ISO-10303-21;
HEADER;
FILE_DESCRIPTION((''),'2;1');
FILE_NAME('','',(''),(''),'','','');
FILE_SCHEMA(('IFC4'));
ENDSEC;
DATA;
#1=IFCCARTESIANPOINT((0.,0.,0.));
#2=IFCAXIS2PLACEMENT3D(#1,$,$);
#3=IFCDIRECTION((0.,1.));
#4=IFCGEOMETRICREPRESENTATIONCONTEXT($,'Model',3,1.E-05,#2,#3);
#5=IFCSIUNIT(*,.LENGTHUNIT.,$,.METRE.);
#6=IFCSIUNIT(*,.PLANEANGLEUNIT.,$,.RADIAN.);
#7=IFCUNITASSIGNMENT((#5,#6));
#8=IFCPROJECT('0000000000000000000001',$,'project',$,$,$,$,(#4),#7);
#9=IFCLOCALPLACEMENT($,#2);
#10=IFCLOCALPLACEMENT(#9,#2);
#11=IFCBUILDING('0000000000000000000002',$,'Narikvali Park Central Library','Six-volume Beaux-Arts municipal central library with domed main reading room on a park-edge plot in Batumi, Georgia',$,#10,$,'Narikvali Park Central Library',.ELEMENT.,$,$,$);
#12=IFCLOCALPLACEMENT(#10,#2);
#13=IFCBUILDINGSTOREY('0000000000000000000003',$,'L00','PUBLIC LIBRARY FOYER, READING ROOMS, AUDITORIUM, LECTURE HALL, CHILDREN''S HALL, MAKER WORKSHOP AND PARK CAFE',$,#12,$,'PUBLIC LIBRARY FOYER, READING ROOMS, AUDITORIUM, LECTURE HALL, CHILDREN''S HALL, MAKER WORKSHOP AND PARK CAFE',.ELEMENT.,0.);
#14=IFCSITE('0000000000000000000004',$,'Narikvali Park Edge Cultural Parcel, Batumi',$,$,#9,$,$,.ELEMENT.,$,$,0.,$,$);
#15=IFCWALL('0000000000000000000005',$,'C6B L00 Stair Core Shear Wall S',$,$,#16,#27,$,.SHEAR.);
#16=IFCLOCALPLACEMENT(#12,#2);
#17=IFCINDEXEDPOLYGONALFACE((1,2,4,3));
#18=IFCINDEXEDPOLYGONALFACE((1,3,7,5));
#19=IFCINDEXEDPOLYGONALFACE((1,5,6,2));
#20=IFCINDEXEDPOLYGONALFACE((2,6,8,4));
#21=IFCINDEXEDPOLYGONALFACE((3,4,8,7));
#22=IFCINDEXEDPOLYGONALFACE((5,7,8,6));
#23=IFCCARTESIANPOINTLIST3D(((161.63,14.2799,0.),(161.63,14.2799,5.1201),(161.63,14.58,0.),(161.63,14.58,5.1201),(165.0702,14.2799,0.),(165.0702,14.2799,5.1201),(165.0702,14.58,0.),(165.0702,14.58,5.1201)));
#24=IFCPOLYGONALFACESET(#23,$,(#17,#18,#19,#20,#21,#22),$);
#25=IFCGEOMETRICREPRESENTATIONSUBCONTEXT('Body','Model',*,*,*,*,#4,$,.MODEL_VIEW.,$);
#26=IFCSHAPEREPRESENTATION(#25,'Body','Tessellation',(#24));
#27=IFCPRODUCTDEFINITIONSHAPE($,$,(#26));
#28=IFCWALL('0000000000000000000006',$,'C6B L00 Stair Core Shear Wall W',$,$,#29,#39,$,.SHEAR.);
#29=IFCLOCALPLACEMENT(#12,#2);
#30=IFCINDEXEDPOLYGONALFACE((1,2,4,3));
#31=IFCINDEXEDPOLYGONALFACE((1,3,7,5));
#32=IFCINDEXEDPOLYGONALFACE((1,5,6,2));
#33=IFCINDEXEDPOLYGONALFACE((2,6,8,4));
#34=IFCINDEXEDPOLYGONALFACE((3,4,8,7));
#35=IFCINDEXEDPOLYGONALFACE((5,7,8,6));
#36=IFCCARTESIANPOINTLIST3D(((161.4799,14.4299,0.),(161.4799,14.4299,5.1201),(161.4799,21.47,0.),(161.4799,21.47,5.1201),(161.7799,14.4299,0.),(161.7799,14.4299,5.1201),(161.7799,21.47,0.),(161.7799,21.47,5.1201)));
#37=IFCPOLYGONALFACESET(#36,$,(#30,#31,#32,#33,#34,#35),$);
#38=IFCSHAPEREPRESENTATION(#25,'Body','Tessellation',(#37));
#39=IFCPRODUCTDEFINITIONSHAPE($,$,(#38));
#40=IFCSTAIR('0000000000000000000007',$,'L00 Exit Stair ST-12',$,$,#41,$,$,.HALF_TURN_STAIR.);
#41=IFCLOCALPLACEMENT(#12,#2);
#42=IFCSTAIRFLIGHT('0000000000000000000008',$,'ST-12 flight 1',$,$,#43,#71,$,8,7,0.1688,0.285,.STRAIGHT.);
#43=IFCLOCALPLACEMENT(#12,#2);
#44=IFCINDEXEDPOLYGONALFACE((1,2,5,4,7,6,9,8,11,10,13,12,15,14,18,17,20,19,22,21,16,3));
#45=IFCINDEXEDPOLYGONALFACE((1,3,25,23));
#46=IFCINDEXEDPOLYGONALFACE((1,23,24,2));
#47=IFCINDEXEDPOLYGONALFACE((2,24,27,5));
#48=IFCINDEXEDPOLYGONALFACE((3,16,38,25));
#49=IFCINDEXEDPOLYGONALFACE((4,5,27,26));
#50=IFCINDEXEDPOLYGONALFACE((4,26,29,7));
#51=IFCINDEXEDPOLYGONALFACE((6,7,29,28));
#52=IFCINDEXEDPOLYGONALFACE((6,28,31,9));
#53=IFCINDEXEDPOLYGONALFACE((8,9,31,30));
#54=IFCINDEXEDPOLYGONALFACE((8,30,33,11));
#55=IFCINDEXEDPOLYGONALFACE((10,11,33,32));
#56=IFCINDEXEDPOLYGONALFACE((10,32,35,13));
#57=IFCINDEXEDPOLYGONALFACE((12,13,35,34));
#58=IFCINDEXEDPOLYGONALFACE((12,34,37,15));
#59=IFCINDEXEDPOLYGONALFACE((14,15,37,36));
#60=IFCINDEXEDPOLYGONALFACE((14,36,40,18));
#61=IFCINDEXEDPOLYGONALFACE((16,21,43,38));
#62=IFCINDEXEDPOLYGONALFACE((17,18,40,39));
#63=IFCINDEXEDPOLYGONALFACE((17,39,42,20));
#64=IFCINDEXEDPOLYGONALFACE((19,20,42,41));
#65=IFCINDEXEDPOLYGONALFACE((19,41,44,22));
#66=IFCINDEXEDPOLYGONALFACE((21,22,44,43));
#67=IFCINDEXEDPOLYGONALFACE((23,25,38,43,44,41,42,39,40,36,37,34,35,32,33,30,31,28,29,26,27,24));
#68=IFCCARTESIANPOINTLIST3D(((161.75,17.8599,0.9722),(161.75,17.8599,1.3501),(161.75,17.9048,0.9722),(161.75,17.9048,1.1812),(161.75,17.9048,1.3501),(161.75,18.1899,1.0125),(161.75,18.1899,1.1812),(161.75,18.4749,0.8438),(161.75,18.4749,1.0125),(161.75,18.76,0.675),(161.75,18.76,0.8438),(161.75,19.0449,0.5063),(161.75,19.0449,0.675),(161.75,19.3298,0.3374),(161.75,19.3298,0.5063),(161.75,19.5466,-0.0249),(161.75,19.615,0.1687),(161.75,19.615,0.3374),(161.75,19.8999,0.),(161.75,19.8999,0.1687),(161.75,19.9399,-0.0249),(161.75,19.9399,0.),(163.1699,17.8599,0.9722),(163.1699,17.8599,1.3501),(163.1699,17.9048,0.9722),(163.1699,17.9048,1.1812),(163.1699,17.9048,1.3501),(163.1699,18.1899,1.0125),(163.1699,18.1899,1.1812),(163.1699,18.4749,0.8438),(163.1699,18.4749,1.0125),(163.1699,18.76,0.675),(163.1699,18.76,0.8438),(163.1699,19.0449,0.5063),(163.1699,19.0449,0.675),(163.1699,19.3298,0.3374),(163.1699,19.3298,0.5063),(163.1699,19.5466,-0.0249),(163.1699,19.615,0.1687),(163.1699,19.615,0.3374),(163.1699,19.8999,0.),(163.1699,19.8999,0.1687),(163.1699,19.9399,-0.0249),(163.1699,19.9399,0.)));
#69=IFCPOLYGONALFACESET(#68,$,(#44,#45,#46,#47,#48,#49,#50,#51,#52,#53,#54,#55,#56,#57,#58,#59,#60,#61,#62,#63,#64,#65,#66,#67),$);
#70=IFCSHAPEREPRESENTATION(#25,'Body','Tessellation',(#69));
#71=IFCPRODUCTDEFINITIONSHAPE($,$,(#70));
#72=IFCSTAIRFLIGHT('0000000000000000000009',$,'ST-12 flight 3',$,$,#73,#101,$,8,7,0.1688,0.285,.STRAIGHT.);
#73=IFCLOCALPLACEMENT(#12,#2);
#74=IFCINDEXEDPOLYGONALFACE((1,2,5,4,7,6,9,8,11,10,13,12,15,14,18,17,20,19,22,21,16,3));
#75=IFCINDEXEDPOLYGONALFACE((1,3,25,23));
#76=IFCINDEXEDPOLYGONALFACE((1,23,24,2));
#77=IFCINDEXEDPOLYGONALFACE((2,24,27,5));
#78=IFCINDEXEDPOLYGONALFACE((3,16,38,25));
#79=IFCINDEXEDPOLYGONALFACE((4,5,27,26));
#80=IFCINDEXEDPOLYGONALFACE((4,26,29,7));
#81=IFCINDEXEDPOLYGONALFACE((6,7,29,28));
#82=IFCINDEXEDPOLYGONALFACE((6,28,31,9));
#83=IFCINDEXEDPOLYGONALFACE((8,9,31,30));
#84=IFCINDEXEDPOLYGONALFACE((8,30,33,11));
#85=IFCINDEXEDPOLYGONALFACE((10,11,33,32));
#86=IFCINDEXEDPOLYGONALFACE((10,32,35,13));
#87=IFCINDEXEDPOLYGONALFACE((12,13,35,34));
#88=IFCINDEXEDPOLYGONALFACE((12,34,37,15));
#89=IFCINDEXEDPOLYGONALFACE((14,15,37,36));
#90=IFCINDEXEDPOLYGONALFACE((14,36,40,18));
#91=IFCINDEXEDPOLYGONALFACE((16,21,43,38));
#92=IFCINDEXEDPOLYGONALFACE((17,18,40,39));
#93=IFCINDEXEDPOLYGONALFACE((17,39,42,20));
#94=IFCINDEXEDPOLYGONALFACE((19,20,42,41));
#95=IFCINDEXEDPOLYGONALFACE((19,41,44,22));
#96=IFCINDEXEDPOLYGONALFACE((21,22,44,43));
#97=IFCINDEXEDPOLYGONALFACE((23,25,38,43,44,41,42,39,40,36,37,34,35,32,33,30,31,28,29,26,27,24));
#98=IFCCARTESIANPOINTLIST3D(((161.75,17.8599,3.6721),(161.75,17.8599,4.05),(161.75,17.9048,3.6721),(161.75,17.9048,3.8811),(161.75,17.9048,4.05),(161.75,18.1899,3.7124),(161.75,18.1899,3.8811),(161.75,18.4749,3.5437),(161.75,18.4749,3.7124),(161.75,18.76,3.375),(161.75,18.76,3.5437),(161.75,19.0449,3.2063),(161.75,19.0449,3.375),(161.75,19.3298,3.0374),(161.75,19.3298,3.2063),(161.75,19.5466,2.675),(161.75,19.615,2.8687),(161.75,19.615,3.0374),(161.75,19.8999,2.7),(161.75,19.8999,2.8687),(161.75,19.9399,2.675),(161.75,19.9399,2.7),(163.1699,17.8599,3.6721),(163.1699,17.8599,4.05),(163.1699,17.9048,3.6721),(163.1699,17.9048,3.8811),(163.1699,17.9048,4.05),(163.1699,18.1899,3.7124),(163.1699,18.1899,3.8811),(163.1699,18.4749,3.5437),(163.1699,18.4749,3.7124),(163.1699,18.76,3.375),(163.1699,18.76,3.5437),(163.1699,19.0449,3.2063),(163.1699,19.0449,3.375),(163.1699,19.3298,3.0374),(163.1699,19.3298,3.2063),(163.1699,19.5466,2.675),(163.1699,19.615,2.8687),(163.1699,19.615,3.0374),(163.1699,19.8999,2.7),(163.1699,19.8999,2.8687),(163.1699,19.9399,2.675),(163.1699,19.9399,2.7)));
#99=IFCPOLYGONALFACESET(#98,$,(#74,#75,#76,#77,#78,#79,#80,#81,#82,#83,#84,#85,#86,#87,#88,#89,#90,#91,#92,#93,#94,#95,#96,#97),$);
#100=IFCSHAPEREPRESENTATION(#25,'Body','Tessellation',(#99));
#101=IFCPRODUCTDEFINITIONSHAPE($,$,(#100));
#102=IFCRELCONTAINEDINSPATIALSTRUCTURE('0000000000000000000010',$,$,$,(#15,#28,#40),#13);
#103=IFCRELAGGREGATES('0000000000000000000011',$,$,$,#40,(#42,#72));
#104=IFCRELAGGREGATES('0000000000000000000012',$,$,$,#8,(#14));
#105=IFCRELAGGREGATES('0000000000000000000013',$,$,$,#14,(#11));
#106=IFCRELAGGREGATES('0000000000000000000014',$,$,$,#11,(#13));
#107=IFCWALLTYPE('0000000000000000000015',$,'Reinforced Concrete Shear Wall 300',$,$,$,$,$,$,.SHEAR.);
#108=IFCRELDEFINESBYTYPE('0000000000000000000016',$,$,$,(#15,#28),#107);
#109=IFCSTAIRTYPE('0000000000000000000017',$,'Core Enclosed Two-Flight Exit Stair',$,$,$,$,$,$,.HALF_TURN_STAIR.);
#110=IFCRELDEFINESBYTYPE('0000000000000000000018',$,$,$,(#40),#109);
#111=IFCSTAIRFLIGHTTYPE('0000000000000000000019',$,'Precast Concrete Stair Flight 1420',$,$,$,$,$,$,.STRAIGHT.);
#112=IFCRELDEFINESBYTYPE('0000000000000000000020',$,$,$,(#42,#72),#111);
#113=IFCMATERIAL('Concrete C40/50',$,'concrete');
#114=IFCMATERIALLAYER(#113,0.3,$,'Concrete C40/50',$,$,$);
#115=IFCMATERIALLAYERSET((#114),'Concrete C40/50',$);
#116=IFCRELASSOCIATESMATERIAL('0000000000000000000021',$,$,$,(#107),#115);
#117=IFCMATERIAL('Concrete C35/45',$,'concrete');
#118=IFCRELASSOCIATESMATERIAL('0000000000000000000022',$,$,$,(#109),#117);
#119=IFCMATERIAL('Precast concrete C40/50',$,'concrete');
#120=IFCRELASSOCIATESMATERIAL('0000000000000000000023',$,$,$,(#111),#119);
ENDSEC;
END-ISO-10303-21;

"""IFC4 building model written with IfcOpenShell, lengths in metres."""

from ifc_helpers import new_model, si_unit, direction, frame, frame_2d, origin, place, context, subcontext, project, spatial, polyline, rectangle, outline, extrude, material, layer, layer_set, type_object, element, aggregate, save


model = new_model("IFC4")

# Units and contexts
model_context = context("Model", 3, precision=1e-05, world=origin(), true_north=direction((0.0, 1.0)))
body_context = subcontext(model_context, "Body", "Model", "MODEL_VIEW")
ifc_project = project(units=[si_unit("LENGTHUNIT", "METRE"), si_unit("PLANEANGLEUNIT", "RADIAN")], contexts=[model_context])

# Site, building, storey
site_placement = place(None, origin())
site = spatial("IfcSite", under=ifc_project, at=site_placement, Name="Narikvali Park Edge Cultural Parcel, Batumi", CompositionType="ELEMENT", RefElevation=0.0)
building_placement = place(site_placement, origin())
building = spatial("IfcBuilding", under=site, at=building_placement, Name="Narikvali Park Central Library", Description="Six-volume Beaux-Arts municipal central library with domed main reading room on a park-edge plot in Batumi, Georgia", LongName="Narikvali Park Central Library", CompositionType="ELEMENT")
storey_placement = place(building_placement, origin())
storey = spatial("IfcBuildingStorey", under=building, at=storey_placement, Name="L00", Description="PUBLIC LIBRARY FOYER, READING ROOMS, AUDITORIUM, LECTURE HALL, CHILDREN'S HALL, MAKER WORKSHOP AND PARK CAFE", LongName="PUBLIC LIBRARY FOYER, READING ROOMS, AUDITORIUM, LECTURE HALL, CHILDREN'S HALL, MAKER WORKSHOP AND PARK CAFE", CompositionType="ELEMENT", Elevation=0.0)

# Walls
ifc_material_1 = material(Name="Concrete C40/50", Category="concrete")
ifc_layer_1 = layer(ifc_material_1, 0.3, Name="Concrete C40/50")
ifc_layer_set_1 = layer_set([ifc_layer_1], Name="Concrete C40/50")
wall_type_1 = type_object("IfcWallType", Name="Reinforced Concrete Shear Wall 300", PredefinedType="SHEAR", material=ifc_layer_set_1)
wall_1_placement = place(storey_placement, frame((161.6299, 14.4299, 0.0), z_axis=(0.0, 0.0, 1.0), x_axis=(1.0, 0.0, 0.0)))
element("IfcWall", 1, at=wall_1_placement, inside=storey, type_object=wall_type_1, Name="C6B L00 Stair Core Shear Wall S", PredefinedType="SHEAR", context=body_context, shape_type="SweptSolid", body=[
    extrude(rectangle(XDim=3.4402, YDim=0.3, at=frame_2d((1.7202, 0.0))), origin(), (0.0, 0.0, 1.0), 5.1201),
])
wall_2_placement = place(storey_placement, frame((161.6299, 21.47, 0.0), z_axis=(0.0, 0.0, 1.0), x_axis=(0.0, -1.0, 0.0)))
element("IfcWall", 2, at=wall_2_placement, inside=storey, type_object=wall_type_1, Name="C6B L00 Stair Core Shear Wall W", PredefinedType="SHEAR", context=body_context, shape_type="SweptSolid", body=[
    extrude(rectangle(XDim=7.04, YDim=0.3, at=frame_2d((3.52, 0.0))), origin(), (0.0, 0.0, 1.0), 5.1201),
])

# Stair, stair flights
ifc_material_2 = material(Name="Concrete C35/45", Category="concrete")
stair_type = type_object("IfcStairType", Name="Core Enclosed Two-Flight Exit Stair", PredefinedType="HALF_TURN_STAIR", material=ifc_material_2)
stair_placement = place(storey_placement, origin())
stair = element("IfcStair", 3, at=stair_placement, inside=storey, type_object=stair_type, Name="L00 Exit Stair ST-12", PredefinedType="HALF_TURN_STAIR")
ifc_material_3 = material(Name="Precast concrete C40/50", Category="concrete")
stair_flight_type = type_object("IfcStairFlightType", Name="Precast Concrete Stair Flight 1420", PredefinedType="STRAIGHT", material=ifc_material_3)
stair_flight_1_placement = place(storey_placement, frame((162.46, 19.8999, 0.0), z_axis=(0.0, 0.0, 1.0), x_axis=(0.0, -1.0, 0.0)))
stair_flight_1 = element("IfcStairFlight", 4, at=stair_flight_1_placement, type_object=stair_flight_type, Name="ST-12 flight 1", NumberOfRisers=8, NumberOfTreads=7, PredefinedType="STRAIGHT", RiserHeight=0.1688, TreadLength=0.285, context=body_context, shape_type="SweptSolid", body=[
    extrude(outline(polyline([(-0.04, -0.0249), (-0.04, 0.0), (0.0, 0.0), (0.0, 0.1687), (0.2849, 0.1687), (0.2849, 0.3374), (0.5701, 0.3374), (0.5701, 0.5063), (0.855, 0.5063), (0.855, 0.675), (1.1399, 0.675), (1.1399, 0.8438), (1.425, 0.8438), (1.425, 1.0125), (1.71, 1.0125), (1.71, 1.1812), (1.9951, 1.1812), (1.9951, 1.3501), (2.04, 1.3501), (2.04, 0.9722), (1.9951, 0.9722), (0.3533, -0.0249), (-0.04, -0.0249)])), frame((0.0, 0.71, 0.0), z_axis=(0.0, -1.0, 0.0), x_axis=(1.0, 0.0, 0.0)), (0.0, 0.0, 1.0), 1.4199),
])
stair_flight_2_placement = place(storey_placement, frame((162.46, 19.8999, 2.7), z_axis=(0.0, 0.0, 1.0), x_axis=(0.0, -1.0, 0.0)))
stair_flight_2 = element("IfcStairFlight", 5, at=stair_flight_2_placement, type_object=stair_flight_type, Name="ST-12 flight 3", NumberOfRisers=8, NumberOfTreads=7, PredefinedType="STRAIGHT", RiserHeight=0.1688, TreadLength=0.285, context=body_context, shape_type="SweptSolid", body=[
    extrude(outline(polyline([(-0.04, -0.0249), (-0.04, 0.0), (0.0, 0.0), (0.0, 0.1687), (0.2849, 0.1687), (0.2849, 0.3374), (0.5701, 0.3374), (0.5701, 0.5063), (0.855, 0.5063), (0.855, 0.675), (1.1399, 0.675), (1.1399, 0.8438), (1.425, 0.8438), (1.425, 1.0125), (1.71, 1.0125), (1.71, 1.1812), (1.9951, 1.1812), (1.9951, 1.3501), (2.04, 1.3501), (2.04, 0.9722), (1.9951, 0.9722), (0.3533, -0.0249), (-0.04, -0.0249)])), frame((0.0, 0.71, 0.0), z_axis=(0.0, -1.0, 0.0), x_axis=(1.0, 0.0, 0.0)), (0.0, 0.0, 1.0), 1.4199),
])
aggregate(stair, [stair_flight_1, stair_flight_2])

save(model, "model.ifc")
